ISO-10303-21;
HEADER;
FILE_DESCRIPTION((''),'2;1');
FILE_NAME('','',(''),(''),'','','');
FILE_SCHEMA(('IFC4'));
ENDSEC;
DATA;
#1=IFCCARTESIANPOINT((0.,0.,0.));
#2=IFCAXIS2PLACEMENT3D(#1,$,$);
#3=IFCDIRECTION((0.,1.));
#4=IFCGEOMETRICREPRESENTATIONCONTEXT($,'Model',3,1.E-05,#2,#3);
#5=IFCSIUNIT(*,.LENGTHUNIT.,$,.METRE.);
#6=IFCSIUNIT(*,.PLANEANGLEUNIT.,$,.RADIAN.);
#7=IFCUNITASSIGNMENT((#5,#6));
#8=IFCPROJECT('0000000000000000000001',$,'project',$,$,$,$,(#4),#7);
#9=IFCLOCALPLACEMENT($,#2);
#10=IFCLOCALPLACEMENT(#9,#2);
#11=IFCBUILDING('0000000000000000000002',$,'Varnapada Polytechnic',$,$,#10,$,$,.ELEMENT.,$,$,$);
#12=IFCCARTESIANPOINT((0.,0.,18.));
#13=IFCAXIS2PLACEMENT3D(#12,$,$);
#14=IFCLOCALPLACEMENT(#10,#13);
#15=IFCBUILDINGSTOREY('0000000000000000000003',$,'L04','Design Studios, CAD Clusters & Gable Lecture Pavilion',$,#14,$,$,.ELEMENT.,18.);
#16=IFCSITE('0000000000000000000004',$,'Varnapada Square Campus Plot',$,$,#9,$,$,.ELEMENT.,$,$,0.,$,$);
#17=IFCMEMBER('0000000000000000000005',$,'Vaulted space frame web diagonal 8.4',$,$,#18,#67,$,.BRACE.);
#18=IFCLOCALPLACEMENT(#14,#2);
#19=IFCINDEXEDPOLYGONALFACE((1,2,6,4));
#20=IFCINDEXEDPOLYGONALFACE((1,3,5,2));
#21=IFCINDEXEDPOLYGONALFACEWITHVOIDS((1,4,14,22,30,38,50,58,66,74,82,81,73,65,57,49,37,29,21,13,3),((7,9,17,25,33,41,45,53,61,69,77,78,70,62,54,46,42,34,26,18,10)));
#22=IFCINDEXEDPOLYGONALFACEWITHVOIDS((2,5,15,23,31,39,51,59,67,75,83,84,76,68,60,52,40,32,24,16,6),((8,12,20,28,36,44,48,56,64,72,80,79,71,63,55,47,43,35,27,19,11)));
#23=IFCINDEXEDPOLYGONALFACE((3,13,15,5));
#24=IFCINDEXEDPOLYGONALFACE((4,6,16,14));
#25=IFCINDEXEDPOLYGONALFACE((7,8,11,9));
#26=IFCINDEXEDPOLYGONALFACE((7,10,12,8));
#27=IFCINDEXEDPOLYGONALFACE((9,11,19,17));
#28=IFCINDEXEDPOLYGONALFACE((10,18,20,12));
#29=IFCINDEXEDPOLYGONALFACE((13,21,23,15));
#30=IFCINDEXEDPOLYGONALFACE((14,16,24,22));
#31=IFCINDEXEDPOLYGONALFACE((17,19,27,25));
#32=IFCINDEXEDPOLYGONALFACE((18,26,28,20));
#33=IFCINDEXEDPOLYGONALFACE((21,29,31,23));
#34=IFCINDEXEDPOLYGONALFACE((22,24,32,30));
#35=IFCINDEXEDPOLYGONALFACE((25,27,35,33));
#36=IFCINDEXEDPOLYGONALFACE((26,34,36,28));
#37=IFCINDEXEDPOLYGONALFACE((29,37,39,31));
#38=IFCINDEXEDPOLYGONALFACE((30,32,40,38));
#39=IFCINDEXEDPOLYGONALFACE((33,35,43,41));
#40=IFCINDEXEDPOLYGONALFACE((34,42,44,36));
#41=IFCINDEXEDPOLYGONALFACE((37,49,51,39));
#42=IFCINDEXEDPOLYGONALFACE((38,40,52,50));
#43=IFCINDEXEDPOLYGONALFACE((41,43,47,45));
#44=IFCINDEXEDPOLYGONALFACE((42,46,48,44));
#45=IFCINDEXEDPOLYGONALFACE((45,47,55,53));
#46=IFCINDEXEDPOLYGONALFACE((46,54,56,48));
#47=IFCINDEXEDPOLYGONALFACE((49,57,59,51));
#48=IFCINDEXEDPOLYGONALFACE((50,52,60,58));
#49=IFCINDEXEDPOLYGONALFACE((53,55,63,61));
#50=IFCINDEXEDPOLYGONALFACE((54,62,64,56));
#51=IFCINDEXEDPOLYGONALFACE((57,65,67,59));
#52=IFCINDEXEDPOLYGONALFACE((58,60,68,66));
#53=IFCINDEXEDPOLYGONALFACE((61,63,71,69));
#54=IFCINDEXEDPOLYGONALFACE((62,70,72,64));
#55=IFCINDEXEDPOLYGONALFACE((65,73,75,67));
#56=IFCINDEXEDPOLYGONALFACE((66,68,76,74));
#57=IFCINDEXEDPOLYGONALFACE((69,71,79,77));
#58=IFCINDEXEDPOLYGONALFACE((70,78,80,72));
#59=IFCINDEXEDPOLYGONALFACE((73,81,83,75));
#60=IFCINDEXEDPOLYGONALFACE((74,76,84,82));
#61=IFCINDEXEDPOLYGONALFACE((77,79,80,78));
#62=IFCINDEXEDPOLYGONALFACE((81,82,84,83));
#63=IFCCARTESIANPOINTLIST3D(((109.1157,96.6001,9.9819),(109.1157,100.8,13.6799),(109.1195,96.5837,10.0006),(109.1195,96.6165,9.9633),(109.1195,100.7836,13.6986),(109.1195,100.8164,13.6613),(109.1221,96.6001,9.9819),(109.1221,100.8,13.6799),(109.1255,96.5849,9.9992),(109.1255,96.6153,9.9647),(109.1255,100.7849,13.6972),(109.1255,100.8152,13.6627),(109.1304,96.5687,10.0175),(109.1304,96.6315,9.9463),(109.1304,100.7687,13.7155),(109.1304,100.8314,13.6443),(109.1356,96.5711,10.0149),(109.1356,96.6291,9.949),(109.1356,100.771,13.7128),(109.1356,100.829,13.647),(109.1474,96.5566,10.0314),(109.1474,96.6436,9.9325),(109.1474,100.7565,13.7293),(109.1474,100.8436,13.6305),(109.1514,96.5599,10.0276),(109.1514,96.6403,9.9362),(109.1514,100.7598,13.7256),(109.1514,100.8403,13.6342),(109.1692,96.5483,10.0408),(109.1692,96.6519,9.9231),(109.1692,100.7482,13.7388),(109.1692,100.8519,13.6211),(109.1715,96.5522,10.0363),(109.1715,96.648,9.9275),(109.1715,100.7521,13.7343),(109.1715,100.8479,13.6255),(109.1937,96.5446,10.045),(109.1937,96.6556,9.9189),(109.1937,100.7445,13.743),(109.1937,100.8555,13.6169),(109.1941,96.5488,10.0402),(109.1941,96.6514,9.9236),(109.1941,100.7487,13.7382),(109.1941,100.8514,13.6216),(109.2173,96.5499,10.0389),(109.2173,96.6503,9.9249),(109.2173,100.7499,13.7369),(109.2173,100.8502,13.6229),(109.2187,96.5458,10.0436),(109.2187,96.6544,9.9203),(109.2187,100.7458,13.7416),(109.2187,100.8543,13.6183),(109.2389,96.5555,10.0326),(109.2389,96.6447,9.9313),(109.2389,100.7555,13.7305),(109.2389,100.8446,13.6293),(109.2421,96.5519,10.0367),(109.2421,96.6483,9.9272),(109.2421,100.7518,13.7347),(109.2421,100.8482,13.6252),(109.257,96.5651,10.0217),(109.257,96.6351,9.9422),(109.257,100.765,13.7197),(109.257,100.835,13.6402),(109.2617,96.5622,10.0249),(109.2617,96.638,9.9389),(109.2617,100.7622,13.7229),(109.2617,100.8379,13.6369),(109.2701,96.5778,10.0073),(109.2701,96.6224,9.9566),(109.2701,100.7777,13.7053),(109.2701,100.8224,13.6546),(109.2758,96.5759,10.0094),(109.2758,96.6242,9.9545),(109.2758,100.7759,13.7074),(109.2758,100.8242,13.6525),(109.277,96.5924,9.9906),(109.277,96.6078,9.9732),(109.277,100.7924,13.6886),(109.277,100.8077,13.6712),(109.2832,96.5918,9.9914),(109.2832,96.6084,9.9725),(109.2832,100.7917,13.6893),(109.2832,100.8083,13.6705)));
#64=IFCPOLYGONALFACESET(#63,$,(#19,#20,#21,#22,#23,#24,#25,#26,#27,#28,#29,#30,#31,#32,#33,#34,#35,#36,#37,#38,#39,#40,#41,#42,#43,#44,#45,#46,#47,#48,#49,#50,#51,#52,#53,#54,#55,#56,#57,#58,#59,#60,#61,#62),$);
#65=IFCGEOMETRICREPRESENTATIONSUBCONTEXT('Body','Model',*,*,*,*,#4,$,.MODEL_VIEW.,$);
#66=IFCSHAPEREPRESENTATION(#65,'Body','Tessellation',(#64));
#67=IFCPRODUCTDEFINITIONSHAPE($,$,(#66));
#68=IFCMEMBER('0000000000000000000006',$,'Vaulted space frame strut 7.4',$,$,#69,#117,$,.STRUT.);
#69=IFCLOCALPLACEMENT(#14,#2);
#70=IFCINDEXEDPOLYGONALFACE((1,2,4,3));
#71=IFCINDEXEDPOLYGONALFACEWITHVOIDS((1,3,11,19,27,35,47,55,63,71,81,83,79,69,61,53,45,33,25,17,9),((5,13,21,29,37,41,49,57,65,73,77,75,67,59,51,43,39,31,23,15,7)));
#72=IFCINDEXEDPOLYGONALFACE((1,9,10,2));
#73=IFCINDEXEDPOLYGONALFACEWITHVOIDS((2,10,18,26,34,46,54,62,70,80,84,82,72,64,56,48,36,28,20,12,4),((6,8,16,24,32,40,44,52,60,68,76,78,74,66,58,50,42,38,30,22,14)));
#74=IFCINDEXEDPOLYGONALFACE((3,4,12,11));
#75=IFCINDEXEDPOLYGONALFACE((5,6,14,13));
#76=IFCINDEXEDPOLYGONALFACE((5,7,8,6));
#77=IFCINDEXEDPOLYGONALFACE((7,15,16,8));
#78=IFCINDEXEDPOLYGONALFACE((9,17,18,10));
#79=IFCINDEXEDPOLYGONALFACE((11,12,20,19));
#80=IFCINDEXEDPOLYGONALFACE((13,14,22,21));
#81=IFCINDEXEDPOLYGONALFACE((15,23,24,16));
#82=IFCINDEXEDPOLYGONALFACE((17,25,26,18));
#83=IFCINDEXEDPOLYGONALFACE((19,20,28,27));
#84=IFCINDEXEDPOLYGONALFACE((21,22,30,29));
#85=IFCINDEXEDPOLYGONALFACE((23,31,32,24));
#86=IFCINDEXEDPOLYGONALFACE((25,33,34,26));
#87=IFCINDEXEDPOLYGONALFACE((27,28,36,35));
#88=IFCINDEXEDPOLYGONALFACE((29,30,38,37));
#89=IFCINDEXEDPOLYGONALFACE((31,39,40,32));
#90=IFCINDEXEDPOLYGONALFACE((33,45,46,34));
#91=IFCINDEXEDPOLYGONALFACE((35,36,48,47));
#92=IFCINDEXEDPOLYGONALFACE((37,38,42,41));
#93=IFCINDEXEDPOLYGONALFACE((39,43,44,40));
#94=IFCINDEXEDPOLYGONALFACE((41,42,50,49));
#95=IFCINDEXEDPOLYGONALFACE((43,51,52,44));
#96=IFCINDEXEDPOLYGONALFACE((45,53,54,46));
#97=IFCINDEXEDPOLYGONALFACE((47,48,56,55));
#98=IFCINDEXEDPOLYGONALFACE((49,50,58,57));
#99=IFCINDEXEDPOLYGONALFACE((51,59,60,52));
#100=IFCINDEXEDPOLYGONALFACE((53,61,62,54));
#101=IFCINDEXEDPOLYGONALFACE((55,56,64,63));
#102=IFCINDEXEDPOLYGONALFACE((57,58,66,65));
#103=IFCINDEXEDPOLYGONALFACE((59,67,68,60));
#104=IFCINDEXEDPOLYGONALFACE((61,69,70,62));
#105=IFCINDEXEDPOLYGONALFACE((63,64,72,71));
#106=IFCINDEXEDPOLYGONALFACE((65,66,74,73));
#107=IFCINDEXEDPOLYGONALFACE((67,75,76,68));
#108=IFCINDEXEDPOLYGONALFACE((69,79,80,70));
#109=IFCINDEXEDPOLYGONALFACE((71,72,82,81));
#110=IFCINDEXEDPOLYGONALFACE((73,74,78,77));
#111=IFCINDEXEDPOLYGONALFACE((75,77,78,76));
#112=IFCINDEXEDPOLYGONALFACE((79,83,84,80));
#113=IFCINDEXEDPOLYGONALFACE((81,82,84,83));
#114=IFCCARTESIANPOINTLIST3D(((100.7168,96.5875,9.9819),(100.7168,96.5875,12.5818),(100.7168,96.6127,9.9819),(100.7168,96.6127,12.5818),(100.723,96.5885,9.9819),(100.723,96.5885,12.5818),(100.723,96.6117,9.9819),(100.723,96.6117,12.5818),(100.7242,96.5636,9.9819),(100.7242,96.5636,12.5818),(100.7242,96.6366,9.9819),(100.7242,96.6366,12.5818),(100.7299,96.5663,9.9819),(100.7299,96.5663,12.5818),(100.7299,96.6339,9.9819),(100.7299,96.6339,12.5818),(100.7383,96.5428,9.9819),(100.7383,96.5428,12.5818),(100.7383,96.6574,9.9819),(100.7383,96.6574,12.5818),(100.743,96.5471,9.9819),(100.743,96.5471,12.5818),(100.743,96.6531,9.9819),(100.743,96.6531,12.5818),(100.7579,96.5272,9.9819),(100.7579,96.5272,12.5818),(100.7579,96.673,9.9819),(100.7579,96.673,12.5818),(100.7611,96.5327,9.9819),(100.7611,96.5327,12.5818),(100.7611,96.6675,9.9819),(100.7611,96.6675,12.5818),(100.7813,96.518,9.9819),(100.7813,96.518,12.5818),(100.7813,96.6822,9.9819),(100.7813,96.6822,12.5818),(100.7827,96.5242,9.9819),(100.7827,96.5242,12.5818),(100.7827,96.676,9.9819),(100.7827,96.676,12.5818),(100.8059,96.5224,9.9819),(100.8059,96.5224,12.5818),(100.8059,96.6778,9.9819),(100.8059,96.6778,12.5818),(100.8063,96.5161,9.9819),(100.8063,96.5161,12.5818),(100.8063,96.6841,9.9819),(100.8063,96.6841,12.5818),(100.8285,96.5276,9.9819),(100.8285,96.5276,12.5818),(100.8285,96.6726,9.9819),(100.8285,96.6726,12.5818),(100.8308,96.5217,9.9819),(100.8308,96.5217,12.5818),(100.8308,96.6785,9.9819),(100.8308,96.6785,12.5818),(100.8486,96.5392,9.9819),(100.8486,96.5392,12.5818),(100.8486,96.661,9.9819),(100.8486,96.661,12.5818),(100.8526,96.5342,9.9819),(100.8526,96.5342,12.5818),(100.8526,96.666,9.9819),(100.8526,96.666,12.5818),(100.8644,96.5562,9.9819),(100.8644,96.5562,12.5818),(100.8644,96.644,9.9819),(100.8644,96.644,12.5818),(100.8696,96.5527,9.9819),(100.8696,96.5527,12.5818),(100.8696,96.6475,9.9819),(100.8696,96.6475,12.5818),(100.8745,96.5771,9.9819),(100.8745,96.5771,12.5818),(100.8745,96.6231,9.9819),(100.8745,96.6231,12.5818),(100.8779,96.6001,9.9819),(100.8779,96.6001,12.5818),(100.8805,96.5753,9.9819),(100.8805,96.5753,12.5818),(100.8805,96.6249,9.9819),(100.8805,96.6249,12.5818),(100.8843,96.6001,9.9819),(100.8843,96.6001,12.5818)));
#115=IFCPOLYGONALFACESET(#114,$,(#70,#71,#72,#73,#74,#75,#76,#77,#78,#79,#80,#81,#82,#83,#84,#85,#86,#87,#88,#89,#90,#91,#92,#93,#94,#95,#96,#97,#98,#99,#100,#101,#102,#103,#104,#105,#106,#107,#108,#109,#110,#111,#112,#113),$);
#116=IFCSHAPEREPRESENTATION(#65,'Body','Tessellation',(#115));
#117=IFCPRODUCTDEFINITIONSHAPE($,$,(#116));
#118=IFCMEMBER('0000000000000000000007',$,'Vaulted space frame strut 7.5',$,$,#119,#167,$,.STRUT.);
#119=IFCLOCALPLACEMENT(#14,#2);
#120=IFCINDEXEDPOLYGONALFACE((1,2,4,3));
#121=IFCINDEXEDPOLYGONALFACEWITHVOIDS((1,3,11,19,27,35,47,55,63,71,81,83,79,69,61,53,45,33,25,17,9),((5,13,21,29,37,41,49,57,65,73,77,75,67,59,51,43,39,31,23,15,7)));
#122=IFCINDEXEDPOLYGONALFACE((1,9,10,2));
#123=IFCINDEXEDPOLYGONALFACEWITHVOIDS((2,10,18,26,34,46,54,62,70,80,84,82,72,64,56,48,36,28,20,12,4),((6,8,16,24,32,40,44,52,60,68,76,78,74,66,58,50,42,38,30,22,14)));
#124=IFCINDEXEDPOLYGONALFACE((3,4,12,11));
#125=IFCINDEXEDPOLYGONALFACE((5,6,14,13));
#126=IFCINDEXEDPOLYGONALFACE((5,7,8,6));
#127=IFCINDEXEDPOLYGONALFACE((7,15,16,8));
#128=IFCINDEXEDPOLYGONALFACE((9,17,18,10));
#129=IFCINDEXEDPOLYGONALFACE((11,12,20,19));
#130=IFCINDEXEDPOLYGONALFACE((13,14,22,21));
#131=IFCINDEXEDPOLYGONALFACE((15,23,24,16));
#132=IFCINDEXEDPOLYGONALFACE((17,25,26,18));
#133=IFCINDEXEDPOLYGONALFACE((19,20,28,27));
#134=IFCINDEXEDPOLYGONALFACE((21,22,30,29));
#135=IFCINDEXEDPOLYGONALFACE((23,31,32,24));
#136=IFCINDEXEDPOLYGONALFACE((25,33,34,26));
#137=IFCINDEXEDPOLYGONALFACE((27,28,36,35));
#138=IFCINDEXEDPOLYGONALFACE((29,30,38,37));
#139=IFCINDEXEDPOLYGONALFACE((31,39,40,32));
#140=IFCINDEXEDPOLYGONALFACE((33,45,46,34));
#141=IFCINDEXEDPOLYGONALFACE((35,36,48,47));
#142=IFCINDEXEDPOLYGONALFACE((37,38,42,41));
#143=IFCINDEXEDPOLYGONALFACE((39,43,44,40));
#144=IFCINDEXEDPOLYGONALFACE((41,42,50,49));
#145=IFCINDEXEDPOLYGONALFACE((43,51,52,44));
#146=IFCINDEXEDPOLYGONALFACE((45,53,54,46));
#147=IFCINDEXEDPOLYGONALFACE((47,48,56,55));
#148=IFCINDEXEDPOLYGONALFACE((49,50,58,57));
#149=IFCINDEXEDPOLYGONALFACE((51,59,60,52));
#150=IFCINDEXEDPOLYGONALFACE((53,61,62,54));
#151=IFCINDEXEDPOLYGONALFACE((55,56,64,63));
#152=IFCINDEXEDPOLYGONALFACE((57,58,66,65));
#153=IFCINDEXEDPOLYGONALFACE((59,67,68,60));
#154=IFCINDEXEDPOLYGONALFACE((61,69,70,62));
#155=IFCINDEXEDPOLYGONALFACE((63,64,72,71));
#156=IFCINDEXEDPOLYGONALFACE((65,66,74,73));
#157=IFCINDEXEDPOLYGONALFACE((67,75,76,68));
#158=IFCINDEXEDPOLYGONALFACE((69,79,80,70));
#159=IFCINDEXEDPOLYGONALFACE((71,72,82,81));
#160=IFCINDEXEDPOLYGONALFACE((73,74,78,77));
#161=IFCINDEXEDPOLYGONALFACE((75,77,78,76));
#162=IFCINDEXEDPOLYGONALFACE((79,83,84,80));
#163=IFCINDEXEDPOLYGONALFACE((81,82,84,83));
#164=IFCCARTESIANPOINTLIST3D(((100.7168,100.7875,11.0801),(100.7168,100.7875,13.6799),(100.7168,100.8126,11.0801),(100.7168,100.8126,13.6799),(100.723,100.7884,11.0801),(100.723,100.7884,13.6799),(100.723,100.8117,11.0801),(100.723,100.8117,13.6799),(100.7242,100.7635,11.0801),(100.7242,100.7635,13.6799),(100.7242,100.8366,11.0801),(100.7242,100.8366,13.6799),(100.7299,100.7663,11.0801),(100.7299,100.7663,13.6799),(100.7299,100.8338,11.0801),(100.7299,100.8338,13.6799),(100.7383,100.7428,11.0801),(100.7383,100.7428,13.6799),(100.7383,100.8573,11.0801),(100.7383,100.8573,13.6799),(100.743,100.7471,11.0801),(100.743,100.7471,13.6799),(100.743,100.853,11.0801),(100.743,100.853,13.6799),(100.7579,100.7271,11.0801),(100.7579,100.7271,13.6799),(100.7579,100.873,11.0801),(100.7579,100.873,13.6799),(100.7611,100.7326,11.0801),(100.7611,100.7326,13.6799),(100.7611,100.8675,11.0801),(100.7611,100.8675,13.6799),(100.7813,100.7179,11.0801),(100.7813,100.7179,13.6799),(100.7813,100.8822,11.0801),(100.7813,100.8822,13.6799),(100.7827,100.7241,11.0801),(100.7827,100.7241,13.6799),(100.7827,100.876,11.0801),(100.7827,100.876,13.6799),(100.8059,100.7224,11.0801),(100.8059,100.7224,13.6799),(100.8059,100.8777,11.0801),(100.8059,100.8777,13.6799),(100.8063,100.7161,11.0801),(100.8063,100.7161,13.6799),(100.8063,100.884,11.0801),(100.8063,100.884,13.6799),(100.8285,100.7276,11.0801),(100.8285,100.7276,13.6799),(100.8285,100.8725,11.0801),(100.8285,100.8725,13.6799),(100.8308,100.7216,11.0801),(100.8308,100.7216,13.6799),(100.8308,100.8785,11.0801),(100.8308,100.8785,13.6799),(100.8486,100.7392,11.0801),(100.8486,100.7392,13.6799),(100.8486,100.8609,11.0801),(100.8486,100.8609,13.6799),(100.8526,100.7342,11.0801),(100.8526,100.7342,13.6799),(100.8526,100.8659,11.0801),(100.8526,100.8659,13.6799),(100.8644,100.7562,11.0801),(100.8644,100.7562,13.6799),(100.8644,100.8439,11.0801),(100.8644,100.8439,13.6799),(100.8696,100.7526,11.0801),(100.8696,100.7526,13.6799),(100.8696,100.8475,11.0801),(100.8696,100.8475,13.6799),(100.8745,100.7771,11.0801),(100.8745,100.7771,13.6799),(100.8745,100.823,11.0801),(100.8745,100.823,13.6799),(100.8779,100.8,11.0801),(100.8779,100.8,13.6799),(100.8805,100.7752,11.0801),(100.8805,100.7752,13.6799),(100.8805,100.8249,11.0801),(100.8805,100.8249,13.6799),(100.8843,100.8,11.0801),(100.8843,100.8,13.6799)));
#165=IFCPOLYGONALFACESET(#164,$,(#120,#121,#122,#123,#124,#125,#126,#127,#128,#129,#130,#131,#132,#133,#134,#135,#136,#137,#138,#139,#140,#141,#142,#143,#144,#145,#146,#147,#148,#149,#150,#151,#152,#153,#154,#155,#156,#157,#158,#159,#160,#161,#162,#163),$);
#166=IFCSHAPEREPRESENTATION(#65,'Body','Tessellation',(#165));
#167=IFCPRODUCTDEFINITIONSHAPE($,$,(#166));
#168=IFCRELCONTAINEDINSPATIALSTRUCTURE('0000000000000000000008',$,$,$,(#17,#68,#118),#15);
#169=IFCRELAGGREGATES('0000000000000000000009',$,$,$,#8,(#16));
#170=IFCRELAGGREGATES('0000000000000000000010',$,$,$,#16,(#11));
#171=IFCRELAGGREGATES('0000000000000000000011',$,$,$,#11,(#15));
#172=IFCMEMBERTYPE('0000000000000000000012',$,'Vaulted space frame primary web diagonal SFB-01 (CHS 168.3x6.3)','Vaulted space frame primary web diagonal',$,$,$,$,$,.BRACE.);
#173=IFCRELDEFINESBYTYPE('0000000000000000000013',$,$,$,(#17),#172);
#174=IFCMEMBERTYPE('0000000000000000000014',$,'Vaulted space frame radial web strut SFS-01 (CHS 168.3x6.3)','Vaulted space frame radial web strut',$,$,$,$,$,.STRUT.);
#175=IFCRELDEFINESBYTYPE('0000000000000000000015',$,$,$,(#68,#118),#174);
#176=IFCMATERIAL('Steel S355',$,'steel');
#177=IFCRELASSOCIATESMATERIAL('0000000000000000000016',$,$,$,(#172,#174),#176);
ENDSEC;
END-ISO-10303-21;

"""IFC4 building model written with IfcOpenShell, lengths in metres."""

from ifc_helpers import new_model, si_unit, direction, frame, origin, origin_2d, place, context, subcontext, project, spatial, hollow_circle, extrude, material, material_profile, profile_set, type_object, element, save


model = new_model("IFC4")

# Units and contexts
model_context = context("Model", 3, precision=1e-05, world=origin(), true_north=direction((0.0, 1.0)))
body_context = subcontext(model_context, "Body", "Model", "MODEL_VIEW")
ifc_project = project(units=[si_unit("LENGTHUNIT", "METRE"), si_unit("PLANEANGLEUNIT", "RADIAN")], contexts=[model_context])

# Site, building, storey
site_placement = place(None, origin())
site = spatial("IfcSite", under=ifc_project, at=site_placement, Name="Varnapada Square Campus Plot", CompositionType="ELEMENT", RefElevation=0.0)
building_placement = place(site_placement, origin())
building = spatial("IfcBuilding", under=site, at=building_placement, Name="Varnapada Polytechnic", CompositionType="ELEMENT")
storey_placement = place(building_placement, frame((0.0, 0.0, 18.0)))
storey = spatial("IfcBuildingStorey", under=building, at=storey_placement, Name="L04", Description="Design Studios, CAD Clusters & Gable Lecture Pavilion", CompositionType="ELEMENT", Elevation=18.0)

# Shared definitions
ifc_material = material(Name="Steel S355", Category="steel")

# Members
ifc_material_profile_1 = material_profile(ifc_material, hollow_circle(Radius=0.0842, WallThickness=0.0063, at=origin_2d()), Name="CHS 168.3x6.3")
ifc_profile_set_1 = profile_set([ifc_material_profile_1], Name="Steel S355")
member_type_1 = type_object("IfcMemberType", Name="Vaulted space frame primary web diagonal SFB-01 (CHS 168.3x6.3)", Description="Vaulted space frame primary web diagonal", PredefinedType="BRACE", material=ifc_profile_set_1)
member_1_placement = place(storey_placement, frame((109.2, 96.6001, 9.9819), z_axis=(0.0, 0.750533, 0.660833), x_axis=(-1.0, 0.0, 0.0)))
element("IfcMember", 1, at=member_1_placement, inside=storey, type_object=member_type_1, Name="Vaulted space frame web diagonal 8.4", PredefinedType="BRACE", context=body_context, shape_type="SweptSolid", body=[
    extrude(hollow_circle(Radius=0.0842, WallThickness=0.0063, at=origin_2d()), origin(), (0.0, 0.0, 1.0), 5.5959),
])
ifc_material_profile_2 = material_profile(ifc_material, hollow_circle(Radius=0.0842, WallThickness=0.0063, at=origin_2d()), Name="CHS 168.3x6.3")
ifc_profile_set_2 = profile_set([ifc_material_profile_2], Name="Steel S355")
member_type_2 = type_object("IfcMemberType", Name="Vaulted space frame radial web strut SFS-01 (CHS 168.3x6.3)", Description="Vaulted space frame radial web strut", PredefinedType="STRUT", material=ifc_profile_set_2)
for number, where, z_axis, x_axis, name in (
    (2, (100.8, 96.6001, 9.9819), (0.0, 0.0, 1.0), (1.0, 0.0, 0.0), "Vaulted space frame strut 7.4"),
    (3, (100.8, 100.8, 11.0801), (0.0, 0.0, 1.0), (1.0, 0.0, 0.0), "Vaulted space frame strut 7.5"),
):
    element("IfcMember", number, at=place(storey_placement, frame(where, z_axis=z_axis, x_axis=x_axis)), inside=storey, type_object=member_type_2, Name=name, PredefinedType="STRUT", context=body_context, shape_type="SweptSolid", body=[
        extrude(hollow_circle(Radius=0.0842, WallThickness=0.0063, at=origin_2d()), origin(), (0.0, 0.0, 1.0), 2.5999),
    ])

save(model, "model.ifc")
